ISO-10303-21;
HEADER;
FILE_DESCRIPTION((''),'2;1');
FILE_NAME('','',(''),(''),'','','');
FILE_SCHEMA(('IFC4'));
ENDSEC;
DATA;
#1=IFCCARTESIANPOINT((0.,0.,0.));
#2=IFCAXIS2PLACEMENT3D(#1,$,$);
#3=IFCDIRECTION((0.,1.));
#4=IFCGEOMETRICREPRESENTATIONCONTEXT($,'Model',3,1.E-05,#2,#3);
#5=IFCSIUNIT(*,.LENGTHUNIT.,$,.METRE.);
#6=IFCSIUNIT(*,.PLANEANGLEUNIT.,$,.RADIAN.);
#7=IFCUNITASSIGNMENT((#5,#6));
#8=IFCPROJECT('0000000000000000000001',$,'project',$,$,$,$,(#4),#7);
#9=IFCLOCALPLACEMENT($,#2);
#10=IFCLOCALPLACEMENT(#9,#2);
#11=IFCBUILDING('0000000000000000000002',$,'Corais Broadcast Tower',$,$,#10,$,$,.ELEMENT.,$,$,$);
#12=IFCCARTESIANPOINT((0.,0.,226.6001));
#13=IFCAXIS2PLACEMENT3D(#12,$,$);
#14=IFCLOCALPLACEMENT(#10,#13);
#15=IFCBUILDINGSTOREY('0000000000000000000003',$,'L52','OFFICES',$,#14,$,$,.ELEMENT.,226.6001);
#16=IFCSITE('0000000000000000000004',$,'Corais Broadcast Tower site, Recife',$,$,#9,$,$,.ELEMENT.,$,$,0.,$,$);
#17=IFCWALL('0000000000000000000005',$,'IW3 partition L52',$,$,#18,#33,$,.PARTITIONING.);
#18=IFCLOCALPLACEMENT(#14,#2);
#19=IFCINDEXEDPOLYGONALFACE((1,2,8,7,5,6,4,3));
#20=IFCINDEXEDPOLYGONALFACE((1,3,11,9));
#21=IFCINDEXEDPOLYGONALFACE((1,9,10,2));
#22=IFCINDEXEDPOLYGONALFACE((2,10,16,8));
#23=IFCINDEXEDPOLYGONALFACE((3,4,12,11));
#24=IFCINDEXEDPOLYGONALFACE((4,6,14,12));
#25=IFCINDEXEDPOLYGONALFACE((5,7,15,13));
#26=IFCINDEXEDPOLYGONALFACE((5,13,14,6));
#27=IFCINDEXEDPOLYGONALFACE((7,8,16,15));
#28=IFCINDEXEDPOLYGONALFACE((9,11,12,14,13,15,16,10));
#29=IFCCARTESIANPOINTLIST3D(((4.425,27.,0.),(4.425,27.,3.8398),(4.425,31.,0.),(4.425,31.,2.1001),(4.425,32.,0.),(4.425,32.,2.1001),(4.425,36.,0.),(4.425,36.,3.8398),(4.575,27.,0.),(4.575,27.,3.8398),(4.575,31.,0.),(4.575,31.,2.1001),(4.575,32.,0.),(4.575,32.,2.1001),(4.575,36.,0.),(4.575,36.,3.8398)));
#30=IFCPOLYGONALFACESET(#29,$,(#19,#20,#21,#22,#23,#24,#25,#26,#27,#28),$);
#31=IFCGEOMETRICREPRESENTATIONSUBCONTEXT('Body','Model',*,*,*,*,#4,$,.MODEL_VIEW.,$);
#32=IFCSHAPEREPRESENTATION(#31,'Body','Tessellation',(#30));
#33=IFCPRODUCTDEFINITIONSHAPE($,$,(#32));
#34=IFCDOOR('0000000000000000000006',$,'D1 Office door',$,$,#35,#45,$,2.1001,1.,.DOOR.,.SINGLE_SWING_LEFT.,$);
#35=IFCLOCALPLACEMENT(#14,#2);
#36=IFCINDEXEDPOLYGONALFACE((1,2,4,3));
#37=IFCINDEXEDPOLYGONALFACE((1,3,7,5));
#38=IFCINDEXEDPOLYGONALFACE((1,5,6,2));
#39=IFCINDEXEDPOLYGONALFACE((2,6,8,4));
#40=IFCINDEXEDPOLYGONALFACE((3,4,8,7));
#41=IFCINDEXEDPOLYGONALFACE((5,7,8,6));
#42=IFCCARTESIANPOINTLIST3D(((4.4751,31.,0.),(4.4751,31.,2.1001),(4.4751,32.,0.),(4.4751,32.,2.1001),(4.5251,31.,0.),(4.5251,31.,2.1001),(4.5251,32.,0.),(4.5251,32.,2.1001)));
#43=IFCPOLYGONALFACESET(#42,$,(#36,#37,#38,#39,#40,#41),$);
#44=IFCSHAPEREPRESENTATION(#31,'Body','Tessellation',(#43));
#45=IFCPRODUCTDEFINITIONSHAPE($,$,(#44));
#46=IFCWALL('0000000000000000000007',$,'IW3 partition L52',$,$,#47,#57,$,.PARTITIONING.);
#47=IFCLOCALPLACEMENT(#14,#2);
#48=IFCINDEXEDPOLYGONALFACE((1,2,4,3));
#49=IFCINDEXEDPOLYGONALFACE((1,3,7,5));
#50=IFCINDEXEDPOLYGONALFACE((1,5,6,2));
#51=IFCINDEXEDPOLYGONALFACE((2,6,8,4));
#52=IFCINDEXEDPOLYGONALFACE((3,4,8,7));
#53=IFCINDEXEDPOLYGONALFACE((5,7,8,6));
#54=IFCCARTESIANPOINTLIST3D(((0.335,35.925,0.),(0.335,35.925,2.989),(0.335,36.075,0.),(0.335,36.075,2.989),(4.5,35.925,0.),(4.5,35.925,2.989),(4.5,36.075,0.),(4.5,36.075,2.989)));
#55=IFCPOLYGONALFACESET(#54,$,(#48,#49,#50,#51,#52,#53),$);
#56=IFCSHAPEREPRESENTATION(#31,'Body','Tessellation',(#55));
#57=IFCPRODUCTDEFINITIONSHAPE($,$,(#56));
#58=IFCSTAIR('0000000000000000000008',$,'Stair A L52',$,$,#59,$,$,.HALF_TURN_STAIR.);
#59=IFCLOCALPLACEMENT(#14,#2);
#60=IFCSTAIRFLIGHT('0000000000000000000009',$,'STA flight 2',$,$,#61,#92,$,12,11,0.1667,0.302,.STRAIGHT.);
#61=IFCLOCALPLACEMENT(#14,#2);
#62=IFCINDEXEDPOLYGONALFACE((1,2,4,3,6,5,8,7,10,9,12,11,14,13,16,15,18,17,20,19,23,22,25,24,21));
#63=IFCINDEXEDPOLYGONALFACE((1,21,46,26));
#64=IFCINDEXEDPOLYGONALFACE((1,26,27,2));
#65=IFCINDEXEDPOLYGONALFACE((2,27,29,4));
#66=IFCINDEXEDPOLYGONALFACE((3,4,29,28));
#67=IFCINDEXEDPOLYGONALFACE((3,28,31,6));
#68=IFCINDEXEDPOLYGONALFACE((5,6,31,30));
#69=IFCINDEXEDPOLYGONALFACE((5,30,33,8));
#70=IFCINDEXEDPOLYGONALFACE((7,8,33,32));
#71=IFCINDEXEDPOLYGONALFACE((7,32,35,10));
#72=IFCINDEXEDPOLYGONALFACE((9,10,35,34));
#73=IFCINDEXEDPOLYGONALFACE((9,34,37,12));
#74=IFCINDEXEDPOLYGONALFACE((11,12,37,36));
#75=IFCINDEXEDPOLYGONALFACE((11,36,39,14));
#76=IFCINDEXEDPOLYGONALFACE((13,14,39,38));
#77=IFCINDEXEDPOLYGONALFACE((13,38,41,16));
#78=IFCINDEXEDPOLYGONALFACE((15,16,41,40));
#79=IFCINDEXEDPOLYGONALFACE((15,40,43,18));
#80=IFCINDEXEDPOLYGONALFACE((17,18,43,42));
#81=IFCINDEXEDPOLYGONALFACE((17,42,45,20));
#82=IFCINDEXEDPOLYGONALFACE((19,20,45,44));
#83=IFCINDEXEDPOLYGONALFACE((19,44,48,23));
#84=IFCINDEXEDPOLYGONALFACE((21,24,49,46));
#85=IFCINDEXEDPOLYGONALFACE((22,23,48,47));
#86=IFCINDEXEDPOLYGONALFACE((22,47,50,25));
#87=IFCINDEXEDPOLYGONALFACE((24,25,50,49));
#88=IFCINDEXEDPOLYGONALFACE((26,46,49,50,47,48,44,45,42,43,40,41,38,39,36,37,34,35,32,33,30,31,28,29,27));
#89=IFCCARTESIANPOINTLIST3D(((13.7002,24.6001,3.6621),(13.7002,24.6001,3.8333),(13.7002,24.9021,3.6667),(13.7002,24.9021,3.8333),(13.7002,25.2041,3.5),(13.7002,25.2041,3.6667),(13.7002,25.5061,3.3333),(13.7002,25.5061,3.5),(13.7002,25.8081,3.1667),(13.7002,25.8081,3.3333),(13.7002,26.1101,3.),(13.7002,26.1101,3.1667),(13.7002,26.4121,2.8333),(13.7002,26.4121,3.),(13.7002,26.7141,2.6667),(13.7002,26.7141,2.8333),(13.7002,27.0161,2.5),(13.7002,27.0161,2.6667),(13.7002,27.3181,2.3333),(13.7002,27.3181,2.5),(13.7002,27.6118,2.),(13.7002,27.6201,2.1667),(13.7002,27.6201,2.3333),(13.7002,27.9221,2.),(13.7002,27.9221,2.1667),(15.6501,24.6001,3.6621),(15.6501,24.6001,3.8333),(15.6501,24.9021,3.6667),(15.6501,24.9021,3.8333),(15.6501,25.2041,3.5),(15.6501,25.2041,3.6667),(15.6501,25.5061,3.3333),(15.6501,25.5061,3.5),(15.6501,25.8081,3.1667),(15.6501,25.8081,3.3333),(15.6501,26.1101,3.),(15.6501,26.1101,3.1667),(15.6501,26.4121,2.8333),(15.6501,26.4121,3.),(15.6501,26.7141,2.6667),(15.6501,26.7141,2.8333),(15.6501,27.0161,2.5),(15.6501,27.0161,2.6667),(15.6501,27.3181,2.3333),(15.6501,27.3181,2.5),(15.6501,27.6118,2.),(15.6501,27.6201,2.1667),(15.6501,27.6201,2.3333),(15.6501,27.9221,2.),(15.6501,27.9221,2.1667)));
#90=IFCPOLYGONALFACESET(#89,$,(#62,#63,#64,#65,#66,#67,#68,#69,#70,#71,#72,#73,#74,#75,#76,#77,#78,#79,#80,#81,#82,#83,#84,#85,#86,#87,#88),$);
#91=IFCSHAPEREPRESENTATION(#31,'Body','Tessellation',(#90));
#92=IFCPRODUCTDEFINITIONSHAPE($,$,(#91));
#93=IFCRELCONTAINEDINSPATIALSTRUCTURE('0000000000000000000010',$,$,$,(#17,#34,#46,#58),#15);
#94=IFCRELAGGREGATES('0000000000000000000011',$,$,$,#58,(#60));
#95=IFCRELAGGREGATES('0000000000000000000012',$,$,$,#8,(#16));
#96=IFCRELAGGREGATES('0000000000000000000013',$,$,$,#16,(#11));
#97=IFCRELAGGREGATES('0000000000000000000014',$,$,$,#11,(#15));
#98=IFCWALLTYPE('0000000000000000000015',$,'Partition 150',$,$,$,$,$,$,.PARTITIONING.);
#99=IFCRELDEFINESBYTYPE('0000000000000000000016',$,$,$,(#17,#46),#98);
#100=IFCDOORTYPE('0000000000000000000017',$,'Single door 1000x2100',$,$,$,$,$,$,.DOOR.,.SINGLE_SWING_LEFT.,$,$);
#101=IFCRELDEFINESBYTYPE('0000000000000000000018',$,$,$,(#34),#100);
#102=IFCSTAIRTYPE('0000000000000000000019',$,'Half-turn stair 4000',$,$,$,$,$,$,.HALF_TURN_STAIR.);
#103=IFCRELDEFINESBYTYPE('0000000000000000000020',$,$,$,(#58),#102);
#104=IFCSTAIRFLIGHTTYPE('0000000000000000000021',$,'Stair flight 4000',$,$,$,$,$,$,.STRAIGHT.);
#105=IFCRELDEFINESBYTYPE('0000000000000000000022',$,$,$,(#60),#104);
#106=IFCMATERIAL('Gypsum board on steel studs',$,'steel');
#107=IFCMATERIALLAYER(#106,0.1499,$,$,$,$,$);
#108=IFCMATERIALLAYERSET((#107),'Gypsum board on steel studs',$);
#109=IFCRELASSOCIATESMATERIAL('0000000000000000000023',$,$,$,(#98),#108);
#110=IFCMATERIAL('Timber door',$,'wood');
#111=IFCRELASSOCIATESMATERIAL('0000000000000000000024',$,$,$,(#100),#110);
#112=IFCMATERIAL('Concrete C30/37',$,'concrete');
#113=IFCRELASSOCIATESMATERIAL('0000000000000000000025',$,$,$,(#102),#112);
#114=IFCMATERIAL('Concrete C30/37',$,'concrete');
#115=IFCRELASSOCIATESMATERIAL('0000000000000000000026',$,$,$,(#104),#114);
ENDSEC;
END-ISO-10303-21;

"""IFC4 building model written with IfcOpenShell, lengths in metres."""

from ifc_helpers import new_model, si_unit, direction, frame, frame_2d, origin, place, context, subcontext, project, spatial, polyline, rectangle, outline, extrude, material, layer, layer_set, type_object, element, fill, aggregate, save


model = new_model("IFC4")

# Units and contexts
model_context = context("Model", 3, precision=1e-05, world=origin(), true_north=direction((0.0, 1.0)))
body_context = subcontext(model_context, "Body", "Model", "MODEL_VIEW")
ifc_project = project(units=[si_unit("LENGTHUNIT", "METRE"), si_unit("PLANEANGLEUNIT", "RADIAN")], contexts=[model_context])

# Site, building, storey
site_placement = place(None, origin())
site = spatial("IfcSite", under=ifc_project, at=site_placement, Name="Corais Broadcast Tower site, Recife", CompositionType="ELEMENT", RefElevation=0.0)
building_placement = place(site_placement, origin())
building = spatial("IfcBuilding", under=site, at=building_placement, Name="Corais Broadcast Tower", CompositionType="ELEMENT")
storey_placement = place(building_placement, frame((0.0, 0.0, 226.6001)))
storey = spatial("IfcBuildingStorey", under=building, at=storey_placement, Name="L52", Description="OFFICES", CompositionType="ELEMENT", Elevation=226.6001)

# Shared definitions
ifc_material_1 = material(Name="Gypsum board on steel studs", Category="steel")
ifc_layer_1 = layer(ifc_material_1, 0.1499)
ifc_layer_set_1 = layer_set([ifc_layer_1], Name="Gypsum board on steel studs")
wall_type_1 = type_object("IfcWallType", Name="Partition 150", PredefinedType="PARTITIONING", material=ifc_layer_set_1)

# Wall, opening, door
wall_1_placement = place(storey_placement, frame((4.5, 27.0, 0.0), z_axis=(0.0, 0.0, 1.0), x_axis=(0.0, 1.0, 0.0)))
wall_1 = element("IfcWall", 1, at=wall_1_placement, inside=storey, type_object=wall_type_1, Name="IW3 partition L52", PredefinedType="PARTITIONING", context=body_context, shape_type="SweptSolid", body=[
    extrude(rectangle(XDim=9.0, YDim=0.1499, at=frame_2d((4.5, 0.0))), origin(), (0.0, 0.0, 1.0), 3.8398),
])
opening_1_placement = place(wall_1_placement, frame((4.0, 0.0, 0.0)))
opening_1 = element("IfcOpeningElement", 2, at=opening_1_placement, cuts=wall_1, PredefinedType="OPENING", context=body_context, shape_type="SweptSolid", body=[
    extrude(rectangle(XDim=1.0, YDim=2.1001, at=frame_2d((0.5, 1.05))), frame((0.0, 0.085, 0.0), z_axis=(0.0, -1.0, 0.0), x_axis=(1.0, 0.0, 0.0)), (0.0, 0.0, 1.0), 0.1699),
])
ifc_material_2 = material(Name="Timber door", Category="wood")
door_type_1 = type_object("IfcDoorType", Name="Single door 1000x2100", OperationType="SINGLE_SWING_LEFT", PredefinedType="DOOR", material=ifc_material_2)
door_1_placement = place(opening_1_placement, origin())
door_1 = element("IfcDoor", 3, at=door_1_placement, inside=storey, type_object=door_type_1, Name="D1 Office door", OperationType="SINGLE_SWING_LEFT", OverallHeight=2.1001, OverallWidth=1.0, PredefinedType="DOOR", context=body_context, shape_type="SweptSolid", body=[
    extrude(rectangle(XDim=1.0, YDim=2.1001, at=frame_2d((0.5, 1.05))), frame((0.0, 0.0249, 0.0), z_axis=(0.0, -1.0, 0.0), x_axis=(1.0, 0.0, 0.0)), (0.0, 0.0, 1.0), 0.05),
])
fill(opening_1, door_1)

# Wall
wall_2_placement = place(storey_placement, frame((4.5, 36.0, 0.0), z_axis=(0.0, 0.0, 1.0), x_axis=(-1.0, 0.0, 0.0)))
element("IfcWall", 4, at=wall_2_placement, inside=storey, type_object=wall_type_1, Name="IW3 partition L52", PredefinedType="PARTITIONING", context=body_context, shape_type="SweptSolid", body=[
    extrude(rectangle(XDim=4.165, YDim=0.1499, at=frame_2d((2.0825, 0.0))), origin(), (0.0, 0.0, 1.0), 2.989),
])

# Stair, stair flight
ifc_material_3 = material(Name="Concrete C30/37", Category="concrete")
stair_type = type_object("IfcStairType", Name="Half-turn stair 4000", PredefinedType="HALF_TURN_STAIR", material=ifc_material_3)
stair_placement = place(storey_placement, origin())
stair = element("IfcStair", 5, at=stair_placement, inside=storey, type_object=stair_type, Name="Stair A L52", PredefinedType="HALF_TURN_STAIR")
ifc_material_4 = material(Name="Concrete C30/37", Category="concrete")
stair_flight_type = type_object("IfcStairFlightType", Name="Stair flight 4000", PredefinedType="STRAIGHT", material=ifc_material_4)
stair_flight_placement = place(storey_placement, frame((14.675, 27.9221, 2.0), z_axis=(0.0, 0.0, 1.0), x_axis=(0.0, -1.0, 0.0)))
stair_flight = element("IfcStairFlight", 6, at=stair_flight_placement, type_object=stair_flight_type, Name="STA flight 2", NumberOfRisers=12, NumberOfTreads=11, PredefinedType="STRAIGHT", RiserHeight=0.1667, TreadLength=0.302, context=body_context, shape_type="SweptSolid", body=[
    extrude(outline(polyline([(0.0, 0.0), (0.0, 0.1667), (0.302, 0.1667), (0.302, 0.3333), (0.604, 0.3333), (0.604, 0.5), (0.906, 0.5), (0.906, 0.6667), (1.208, 0.6667), (1.208, 0.8333), (1.51, 0.8333), (1.51, 1.0), (1.812, 1.0), (1.812, 1.1667), (2.114, 1.1667), (2.114, 1.3333), (2.416, 1.3333), (2.416, 1.5), (2.718, 1.5), (2.718, 1.6667), (3.02, 1.6667), (3.02, 1.8333), (3.322, 1.8333), (3.322, 2.0), (3.322, 1.6621), (0.3103, 0.0), (0.0, 0.0)])), frame((0.0, 0.9751, 0.0), z_axis=(0.0, -1.0, 0.0), x_axis=(1.0, 0.0, 0.0)), (0.0, 0.0, 1.0), 1.95),
])
aggregate(stair, [stair_flight])

save(model, "model.ifc")
